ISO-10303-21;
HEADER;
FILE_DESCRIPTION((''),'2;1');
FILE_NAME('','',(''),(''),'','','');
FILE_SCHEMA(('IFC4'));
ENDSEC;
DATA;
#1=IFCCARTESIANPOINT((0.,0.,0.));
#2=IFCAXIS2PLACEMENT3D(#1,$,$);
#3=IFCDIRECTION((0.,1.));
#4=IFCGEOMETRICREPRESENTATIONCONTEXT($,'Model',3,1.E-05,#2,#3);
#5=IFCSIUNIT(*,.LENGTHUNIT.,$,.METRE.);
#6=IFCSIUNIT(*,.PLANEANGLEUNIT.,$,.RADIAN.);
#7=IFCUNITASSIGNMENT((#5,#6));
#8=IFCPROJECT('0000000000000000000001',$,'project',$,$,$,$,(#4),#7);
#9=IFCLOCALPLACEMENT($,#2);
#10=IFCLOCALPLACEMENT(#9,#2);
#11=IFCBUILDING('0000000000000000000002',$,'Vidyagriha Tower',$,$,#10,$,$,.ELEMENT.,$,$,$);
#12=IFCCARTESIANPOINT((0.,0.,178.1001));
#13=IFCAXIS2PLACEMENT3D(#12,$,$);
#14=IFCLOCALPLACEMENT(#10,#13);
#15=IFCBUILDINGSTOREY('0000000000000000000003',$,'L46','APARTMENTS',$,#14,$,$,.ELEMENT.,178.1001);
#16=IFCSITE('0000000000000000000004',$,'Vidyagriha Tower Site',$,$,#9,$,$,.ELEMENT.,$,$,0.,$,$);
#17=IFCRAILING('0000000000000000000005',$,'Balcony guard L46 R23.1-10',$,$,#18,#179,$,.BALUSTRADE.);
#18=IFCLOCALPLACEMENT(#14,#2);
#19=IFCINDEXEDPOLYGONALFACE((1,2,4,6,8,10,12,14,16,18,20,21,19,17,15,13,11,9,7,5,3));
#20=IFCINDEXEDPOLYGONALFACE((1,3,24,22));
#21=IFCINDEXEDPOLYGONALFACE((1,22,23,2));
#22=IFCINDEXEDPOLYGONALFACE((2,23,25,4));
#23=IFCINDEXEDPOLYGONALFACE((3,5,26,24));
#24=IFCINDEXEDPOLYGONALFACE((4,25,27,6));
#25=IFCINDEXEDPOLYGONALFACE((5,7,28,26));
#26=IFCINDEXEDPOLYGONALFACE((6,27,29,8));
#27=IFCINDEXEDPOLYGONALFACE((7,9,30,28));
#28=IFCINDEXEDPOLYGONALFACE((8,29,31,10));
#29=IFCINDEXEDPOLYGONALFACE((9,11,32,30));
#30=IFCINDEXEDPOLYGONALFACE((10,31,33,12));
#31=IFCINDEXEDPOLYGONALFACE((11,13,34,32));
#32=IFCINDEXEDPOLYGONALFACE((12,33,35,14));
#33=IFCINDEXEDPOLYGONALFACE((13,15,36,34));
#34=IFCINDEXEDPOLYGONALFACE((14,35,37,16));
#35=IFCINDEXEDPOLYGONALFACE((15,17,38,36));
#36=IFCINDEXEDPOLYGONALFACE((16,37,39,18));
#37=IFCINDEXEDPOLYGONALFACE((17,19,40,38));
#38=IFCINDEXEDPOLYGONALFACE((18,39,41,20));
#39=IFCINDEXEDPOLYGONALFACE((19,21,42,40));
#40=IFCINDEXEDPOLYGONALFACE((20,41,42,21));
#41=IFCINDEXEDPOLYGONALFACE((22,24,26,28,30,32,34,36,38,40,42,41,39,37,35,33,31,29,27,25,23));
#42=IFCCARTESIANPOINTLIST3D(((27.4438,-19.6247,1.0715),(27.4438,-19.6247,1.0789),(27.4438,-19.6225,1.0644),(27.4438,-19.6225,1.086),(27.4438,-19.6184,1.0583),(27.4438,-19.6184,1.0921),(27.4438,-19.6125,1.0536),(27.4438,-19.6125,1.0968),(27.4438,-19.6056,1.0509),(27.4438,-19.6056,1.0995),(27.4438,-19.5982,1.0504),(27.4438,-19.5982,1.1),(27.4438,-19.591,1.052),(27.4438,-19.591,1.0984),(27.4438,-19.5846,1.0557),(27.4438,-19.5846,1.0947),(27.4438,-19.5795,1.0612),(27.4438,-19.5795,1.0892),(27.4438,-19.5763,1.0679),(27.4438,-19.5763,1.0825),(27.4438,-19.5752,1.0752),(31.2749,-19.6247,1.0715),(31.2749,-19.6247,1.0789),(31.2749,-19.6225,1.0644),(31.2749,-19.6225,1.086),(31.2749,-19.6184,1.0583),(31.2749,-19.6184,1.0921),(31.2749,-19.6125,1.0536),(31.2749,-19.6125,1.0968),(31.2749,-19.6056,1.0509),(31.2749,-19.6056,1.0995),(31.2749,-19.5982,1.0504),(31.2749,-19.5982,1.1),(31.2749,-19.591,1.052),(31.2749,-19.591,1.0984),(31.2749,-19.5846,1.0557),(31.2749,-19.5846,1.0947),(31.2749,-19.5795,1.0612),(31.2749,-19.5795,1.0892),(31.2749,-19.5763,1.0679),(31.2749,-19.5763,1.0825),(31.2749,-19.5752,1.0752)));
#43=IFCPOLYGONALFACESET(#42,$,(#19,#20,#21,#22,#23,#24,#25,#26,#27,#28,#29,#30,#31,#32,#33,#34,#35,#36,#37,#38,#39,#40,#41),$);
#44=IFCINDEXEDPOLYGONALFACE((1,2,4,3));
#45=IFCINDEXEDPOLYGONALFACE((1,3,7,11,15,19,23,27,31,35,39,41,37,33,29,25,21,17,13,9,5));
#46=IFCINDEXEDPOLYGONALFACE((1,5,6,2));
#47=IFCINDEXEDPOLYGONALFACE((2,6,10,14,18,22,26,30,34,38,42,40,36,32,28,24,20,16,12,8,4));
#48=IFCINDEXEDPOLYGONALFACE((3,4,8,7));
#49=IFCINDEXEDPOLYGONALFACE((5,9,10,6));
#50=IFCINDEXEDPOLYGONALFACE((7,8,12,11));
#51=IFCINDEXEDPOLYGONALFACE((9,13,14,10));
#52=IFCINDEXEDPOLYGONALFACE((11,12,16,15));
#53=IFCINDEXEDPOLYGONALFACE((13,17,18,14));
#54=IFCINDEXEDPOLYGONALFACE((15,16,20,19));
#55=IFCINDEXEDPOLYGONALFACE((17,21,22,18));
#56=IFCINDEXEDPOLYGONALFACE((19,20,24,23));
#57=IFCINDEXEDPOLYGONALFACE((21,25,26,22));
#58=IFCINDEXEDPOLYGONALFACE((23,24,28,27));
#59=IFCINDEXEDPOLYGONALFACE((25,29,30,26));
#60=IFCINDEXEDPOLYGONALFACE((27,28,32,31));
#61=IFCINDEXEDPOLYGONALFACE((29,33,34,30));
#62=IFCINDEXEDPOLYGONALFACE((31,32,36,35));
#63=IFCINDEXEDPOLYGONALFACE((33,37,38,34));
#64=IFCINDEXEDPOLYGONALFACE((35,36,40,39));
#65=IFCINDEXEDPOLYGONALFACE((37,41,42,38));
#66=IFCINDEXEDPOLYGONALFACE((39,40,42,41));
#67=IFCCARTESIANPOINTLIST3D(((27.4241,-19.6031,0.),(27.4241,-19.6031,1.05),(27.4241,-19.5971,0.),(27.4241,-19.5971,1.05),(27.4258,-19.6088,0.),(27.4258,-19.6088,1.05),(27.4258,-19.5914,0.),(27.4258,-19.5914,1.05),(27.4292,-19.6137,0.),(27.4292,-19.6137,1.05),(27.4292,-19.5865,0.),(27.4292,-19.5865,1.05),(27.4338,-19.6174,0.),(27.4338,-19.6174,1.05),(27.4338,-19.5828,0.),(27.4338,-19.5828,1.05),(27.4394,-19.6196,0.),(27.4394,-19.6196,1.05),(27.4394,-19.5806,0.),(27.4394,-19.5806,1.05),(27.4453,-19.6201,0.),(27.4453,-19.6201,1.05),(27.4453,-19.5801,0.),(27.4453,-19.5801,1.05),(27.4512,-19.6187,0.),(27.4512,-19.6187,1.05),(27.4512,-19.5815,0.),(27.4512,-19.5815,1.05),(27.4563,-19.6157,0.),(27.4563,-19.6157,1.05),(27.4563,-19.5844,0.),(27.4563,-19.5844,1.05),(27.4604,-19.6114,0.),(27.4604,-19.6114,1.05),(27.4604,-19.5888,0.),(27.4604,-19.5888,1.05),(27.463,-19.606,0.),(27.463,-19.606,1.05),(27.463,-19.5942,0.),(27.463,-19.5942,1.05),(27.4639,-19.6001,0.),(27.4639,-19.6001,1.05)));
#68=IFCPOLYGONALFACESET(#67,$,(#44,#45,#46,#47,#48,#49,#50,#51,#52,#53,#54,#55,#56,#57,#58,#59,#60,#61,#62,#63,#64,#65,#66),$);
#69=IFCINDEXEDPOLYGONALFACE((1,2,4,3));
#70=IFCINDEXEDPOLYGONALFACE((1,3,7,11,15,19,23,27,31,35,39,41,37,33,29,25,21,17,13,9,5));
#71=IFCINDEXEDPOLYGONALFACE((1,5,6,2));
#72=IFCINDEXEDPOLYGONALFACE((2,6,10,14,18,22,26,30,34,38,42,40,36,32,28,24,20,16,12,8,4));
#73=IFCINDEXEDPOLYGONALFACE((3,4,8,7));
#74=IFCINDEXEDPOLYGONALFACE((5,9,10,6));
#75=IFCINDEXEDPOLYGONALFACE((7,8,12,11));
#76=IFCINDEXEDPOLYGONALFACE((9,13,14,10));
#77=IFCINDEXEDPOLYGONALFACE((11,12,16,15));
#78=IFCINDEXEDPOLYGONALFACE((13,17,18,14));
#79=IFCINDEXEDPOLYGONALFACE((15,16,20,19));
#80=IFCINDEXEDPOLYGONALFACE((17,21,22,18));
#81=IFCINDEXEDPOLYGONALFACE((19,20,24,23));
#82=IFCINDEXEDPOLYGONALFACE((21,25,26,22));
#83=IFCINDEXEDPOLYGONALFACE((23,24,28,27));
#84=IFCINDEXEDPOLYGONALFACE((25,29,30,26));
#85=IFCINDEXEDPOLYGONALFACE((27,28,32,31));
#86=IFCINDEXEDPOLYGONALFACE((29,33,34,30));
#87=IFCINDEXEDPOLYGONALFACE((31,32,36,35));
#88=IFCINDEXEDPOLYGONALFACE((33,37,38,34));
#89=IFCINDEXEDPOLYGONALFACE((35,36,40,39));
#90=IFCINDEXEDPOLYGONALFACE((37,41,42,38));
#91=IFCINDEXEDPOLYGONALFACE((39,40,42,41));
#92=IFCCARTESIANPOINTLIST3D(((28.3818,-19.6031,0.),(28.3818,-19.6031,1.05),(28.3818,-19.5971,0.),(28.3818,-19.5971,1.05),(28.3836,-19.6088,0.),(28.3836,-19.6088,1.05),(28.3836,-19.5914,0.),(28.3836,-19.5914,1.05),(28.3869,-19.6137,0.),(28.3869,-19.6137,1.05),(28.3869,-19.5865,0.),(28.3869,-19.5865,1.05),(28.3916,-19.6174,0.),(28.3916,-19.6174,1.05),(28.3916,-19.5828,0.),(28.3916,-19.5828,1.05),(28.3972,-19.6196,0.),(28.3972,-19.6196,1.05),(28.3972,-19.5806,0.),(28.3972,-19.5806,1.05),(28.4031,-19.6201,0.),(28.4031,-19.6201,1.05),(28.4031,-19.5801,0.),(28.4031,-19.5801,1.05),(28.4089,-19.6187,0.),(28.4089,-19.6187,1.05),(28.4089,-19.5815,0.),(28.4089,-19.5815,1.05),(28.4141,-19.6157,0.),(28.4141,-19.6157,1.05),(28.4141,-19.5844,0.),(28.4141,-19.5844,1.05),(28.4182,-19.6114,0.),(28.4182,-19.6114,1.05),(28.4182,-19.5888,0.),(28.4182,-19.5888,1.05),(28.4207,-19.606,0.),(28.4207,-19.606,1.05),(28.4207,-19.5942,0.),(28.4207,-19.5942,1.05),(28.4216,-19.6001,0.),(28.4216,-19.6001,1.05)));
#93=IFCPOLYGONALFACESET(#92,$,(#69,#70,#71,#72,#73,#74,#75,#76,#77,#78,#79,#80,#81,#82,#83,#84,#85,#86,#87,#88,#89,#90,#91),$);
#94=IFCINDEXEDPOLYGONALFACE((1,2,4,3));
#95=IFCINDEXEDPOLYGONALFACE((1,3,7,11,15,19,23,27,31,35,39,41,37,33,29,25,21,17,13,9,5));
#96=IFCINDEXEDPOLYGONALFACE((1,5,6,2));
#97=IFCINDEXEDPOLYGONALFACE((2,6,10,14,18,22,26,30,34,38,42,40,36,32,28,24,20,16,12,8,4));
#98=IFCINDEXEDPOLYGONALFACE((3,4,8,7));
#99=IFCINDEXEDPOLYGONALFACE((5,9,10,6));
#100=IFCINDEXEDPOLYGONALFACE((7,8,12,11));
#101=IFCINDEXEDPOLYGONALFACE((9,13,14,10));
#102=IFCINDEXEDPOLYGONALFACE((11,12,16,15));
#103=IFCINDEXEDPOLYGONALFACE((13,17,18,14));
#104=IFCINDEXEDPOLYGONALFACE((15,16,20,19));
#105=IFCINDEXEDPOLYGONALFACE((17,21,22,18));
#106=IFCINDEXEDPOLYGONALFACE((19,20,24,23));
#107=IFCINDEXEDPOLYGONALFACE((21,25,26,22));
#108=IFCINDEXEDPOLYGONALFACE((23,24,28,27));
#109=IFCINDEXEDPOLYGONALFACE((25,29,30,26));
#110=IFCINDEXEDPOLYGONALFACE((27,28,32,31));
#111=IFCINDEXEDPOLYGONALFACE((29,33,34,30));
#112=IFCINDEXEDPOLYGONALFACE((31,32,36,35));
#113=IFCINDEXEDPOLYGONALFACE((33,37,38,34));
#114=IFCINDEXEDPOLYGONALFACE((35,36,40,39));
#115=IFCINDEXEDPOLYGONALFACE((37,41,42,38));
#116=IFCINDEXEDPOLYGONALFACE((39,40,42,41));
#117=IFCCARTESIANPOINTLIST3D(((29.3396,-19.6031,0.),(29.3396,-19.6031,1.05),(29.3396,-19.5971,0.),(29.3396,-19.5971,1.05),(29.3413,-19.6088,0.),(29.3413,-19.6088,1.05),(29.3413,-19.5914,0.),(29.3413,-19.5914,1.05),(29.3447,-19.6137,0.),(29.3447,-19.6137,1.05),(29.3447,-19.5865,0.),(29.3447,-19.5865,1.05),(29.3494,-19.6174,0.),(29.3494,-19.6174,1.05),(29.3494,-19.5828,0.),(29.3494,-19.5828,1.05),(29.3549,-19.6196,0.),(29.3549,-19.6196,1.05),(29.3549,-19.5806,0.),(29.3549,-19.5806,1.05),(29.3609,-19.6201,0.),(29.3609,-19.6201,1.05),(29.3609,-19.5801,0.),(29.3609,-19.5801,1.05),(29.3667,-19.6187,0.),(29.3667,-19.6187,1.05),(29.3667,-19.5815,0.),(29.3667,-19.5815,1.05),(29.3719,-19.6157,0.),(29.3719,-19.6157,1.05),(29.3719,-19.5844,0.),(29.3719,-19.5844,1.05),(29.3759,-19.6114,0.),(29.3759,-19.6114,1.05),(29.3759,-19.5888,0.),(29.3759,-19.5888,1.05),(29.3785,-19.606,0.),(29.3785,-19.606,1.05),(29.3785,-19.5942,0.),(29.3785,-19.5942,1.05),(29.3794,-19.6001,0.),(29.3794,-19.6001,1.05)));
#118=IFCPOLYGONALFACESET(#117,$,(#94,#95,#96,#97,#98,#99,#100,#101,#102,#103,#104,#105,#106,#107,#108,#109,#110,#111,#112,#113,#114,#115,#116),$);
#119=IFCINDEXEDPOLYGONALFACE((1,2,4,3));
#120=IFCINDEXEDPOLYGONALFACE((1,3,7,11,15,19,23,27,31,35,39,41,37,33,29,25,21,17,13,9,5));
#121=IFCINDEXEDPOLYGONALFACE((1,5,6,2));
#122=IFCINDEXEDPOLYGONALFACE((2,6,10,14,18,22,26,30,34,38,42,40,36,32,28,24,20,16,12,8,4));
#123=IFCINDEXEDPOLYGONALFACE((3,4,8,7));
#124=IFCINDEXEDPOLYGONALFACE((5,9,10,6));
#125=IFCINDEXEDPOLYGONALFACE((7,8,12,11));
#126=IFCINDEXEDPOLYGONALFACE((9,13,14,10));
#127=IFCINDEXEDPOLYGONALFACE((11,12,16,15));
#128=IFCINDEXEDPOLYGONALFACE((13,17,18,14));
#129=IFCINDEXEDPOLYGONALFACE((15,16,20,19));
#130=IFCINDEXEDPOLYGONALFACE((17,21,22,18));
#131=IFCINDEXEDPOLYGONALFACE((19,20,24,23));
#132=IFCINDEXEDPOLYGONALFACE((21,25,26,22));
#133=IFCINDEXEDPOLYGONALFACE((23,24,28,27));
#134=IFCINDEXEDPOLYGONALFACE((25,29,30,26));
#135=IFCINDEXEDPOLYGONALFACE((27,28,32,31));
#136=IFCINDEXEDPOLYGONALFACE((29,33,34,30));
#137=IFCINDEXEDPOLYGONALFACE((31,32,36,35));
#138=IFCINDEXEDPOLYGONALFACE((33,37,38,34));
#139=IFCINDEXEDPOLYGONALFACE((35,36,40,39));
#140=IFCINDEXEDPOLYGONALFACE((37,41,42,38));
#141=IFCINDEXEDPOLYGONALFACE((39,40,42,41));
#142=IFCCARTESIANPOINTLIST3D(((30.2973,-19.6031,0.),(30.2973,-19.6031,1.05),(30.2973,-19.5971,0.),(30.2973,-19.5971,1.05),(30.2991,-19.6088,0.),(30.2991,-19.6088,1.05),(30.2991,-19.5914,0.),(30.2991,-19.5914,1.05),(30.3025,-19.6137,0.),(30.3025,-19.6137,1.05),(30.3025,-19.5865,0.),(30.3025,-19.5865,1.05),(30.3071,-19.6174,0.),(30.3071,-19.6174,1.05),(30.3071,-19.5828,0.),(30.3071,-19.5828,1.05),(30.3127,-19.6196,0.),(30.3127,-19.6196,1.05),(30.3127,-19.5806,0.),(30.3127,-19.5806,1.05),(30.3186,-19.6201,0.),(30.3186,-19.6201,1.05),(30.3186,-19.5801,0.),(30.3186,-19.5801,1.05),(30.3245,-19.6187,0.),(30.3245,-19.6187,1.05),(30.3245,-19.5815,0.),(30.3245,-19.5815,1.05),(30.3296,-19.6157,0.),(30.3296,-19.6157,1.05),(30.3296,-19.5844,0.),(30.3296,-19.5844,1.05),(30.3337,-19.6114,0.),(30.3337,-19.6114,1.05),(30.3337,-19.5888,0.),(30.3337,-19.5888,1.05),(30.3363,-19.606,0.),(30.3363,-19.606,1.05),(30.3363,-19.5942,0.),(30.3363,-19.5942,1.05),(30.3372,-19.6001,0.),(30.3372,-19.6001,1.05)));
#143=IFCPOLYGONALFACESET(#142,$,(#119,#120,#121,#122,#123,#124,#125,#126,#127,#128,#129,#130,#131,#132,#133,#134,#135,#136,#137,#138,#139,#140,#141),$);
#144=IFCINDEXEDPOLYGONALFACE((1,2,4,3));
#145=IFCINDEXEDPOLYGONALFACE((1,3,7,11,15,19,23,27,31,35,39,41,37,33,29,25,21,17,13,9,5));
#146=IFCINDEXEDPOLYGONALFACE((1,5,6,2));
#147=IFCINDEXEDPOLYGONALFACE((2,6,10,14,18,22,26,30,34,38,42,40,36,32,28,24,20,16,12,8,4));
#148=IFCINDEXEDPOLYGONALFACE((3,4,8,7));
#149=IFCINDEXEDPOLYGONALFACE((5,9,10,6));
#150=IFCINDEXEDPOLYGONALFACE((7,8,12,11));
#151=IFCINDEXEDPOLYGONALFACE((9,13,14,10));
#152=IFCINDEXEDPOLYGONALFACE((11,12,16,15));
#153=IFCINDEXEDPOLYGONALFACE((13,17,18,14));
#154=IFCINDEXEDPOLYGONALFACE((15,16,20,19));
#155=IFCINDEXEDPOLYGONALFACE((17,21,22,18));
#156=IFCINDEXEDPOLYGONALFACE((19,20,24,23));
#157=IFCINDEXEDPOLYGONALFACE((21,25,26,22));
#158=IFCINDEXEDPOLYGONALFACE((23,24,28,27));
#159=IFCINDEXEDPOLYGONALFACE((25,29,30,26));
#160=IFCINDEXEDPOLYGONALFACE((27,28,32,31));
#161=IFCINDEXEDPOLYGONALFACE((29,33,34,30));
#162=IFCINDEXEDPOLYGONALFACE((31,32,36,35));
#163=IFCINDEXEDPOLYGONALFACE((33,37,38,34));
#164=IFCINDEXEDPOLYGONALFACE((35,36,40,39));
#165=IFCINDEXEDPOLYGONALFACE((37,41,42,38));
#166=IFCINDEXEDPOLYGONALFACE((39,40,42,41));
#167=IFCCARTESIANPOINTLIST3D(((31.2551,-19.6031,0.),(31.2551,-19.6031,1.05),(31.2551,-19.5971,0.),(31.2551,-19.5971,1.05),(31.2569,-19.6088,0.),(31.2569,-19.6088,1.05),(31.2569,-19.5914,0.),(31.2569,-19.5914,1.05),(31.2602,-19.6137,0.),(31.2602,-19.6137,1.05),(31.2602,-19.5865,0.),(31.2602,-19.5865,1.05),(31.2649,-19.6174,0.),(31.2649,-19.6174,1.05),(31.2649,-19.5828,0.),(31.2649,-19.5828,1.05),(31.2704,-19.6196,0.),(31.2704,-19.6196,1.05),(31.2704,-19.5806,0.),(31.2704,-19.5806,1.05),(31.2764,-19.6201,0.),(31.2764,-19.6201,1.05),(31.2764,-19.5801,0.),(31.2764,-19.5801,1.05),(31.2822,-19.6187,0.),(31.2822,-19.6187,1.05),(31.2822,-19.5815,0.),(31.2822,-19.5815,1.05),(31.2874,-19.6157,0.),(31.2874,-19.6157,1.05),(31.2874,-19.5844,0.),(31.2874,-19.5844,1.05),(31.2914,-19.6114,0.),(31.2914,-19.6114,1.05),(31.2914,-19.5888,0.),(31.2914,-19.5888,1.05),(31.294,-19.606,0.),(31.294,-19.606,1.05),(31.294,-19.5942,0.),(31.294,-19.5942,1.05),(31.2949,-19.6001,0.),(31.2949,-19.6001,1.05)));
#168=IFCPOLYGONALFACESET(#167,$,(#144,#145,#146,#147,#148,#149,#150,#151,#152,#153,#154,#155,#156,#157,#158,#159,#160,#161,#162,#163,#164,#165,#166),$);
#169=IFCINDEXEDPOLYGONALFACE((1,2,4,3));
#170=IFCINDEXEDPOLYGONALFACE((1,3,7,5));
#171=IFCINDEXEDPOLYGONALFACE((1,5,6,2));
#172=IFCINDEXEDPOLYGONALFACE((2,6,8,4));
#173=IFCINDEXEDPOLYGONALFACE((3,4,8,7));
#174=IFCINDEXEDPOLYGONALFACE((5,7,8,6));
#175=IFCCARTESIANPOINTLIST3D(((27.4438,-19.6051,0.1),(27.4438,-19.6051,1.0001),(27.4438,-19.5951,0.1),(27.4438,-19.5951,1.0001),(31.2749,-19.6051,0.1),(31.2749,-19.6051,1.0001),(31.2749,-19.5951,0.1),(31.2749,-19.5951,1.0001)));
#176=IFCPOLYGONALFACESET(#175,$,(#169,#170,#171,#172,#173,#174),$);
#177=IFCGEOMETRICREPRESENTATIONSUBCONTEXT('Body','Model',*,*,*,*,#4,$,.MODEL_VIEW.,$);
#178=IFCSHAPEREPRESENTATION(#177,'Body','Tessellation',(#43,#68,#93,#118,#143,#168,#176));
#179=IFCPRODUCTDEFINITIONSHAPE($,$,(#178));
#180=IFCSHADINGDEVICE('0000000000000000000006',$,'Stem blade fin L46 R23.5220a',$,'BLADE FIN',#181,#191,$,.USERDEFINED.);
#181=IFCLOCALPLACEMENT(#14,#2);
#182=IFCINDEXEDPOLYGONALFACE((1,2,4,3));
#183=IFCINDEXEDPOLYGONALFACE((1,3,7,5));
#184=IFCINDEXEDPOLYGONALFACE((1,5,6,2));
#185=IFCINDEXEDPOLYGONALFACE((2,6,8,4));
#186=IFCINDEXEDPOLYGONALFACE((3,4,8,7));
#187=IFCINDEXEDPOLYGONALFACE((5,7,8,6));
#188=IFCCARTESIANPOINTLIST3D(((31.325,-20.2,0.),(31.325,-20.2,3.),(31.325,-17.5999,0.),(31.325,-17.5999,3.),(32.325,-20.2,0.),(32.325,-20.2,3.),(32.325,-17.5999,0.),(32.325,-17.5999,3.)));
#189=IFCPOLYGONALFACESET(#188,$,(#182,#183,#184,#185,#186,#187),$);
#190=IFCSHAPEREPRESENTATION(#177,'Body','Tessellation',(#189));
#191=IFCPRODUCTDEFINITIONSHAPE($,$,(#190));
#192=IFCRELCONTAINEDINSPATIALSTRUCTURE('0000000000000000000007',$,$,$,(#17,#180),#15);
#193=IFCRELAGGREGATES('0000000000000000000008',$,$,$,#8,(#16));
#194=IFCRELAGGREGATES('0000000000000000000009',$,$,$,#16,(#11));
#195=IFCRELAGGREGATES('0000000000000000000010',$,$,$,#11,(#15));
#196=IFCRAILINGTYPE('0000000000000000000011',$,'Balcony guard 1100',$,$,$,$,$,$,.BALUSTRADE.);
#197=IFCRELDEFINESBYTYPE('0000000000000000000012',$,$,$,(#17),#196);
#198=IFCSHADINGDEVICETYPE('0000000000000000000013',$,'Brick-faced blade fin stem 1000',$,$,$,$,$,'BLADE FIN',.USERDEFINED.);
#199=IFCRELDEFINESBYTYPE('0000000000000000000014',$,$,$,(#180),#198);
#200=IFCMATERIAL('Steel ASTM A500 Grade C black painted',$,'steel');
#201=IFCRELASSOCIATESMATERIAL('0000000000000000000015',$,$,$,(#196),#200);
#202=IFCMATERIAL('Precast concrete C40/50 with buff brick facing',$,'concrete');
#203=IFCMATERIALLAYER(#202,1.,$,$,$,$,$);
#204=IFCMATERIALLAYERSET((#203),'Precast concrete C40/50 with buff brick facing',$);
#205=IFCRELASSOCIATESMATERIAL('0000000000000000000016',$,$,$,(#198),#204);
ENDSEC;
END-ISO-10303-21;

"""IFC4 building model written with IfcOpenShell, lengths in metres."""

from ifc_helpers import new_model, si_unit, direction, frame, origin, origin_2d, place, context, subcontext, project, spatial, polyline, rectangle, circle, outline, extrude, material, layer, layer_set, type_object, element, save


model = new_model("IFC4")

# Units and contexts
model_context = context("Model", 3, precision=1e-05, world=origin(), true_north=direction((0.0, 1.0)))
body_context = subcontext(model_context, "Body", "Model", "MODEL_VIEW")
ifc_project = project(units=[si_unit("LENGTHUNIT", "METRE"), si_unit("PLANEANGLEUNIT", "RADIAN")], contexts=[model_context])

# Site, building, storey
site_placement = place(None, origin())
site = spatial("IfcSite", under=ifc_project, at=site_placement, Name="Vidyagriha Tower Site", CompositionType="ELEMENT", RefElevation=0.0)
building_placement = place(site_placement, origin())
building = spatial("IfcBuilding", under=site, at=building_placement, Name="Vidyagriha Tower", CompositionType="ELEMENT")
storey_placement = place(building_placement, frame((0.0, 0.0, 178.1001)))
storey = spatial("IfcBuildingStorey", under=building, at=storey_placement, Name="L46", Description="APARTMENTS", CompositionType="ELEMENT", Elevation=178.1001)

# Railing
ifc_material_1 = material(Name="Steel ASTM A500 Grade C black painted", Category="steel")
railing_type_1 = type_object("IfcRailingType", Name="Balcony guard 1100", PredefinedType="BALUSTRADE", material=ifc_material_1)
railing_1_placement = place(storey_placement, frame((27.4438, -19.6001, 0.0)))
element("IfcRailing", 1, at=railing_1_placement, inside=storey, type_object=railing_type_1, Name="Balcony guard L46 R23.1-10", PredefinedType="BALUSTRADE", context=body_context, shape_type="SweptSolid", body=[
    extrude(circle(Radius=0.0249, at=origin_2d()), frame((0.0, 0.0, 1.0752), z_axis=(1.0, 0.0, 0.0), x_axis=(0.0, 1.0, 0.0)), (0.0, 0.0, 1.0), 3.8311),
    extrude(circle(Radius=0.02, at=origin_2d()), origin(), (0.0, 0.0, 1.0), 1.05),
    extrude(circle(Radius=0.02, at=origin_2d()), frame((0.9578, 0.0, 0.0)), (0.0, 0.0, 1.0), 1.05),
    extrude(circle(Radius=0.02, at=origin_2d()), frame((1.9155, 0.0, 0.0)), (0.0, 0.0, 1.0), 1.05),
    extrude(circle(Radius=0.02, at=origin_2d()), frame((2.8733, 0.0, 0.0)), (0.0, 0.0, 1.0), 1.05),
    extrude(circle(Radius=0.02, at=origin_2d()), frame((3.8311, 0.0, 0.0)), (0.0, 0.0, 1.0), 1.05),
    extrude(rectangle(XDim=0.01, YDim=0.9001, at=origin_2d()), frame((0.0, 0.0, 0.55), z_axis=(1.0, 0.0, 0.0), x_axis=(0.0, 1.0, 0.0)), (0.0, 0.0, 1.0), 3.8311),
])

# Shading device
ifc_material_2 = material(Name="Precast concrete C40/50 with buff brick facing", Category="concrete")
ifc_layer_1 = layer(ifc_material_2, 1.0)
ifc_layer_set_1 = layer_set([ifc_layer_1], Name="Precast concrete C40/50 with buff brick facing")
shading_device_type = type_object("IfcShadingDeviceType", Name="Brick-faced blade fin stem 1000", ElementType="BLADE FIN", PredefinedType="USERDEFINED", material=ifc_layer_set_1)
shading_device_placement = place(storey_placement, frame((31.325, -18.8999, 0.0)))
element("IfcShadingDevice", 2, at=shading_device_placement, inside=storey, type_object=shading_device_type, Name="Stem blade fin L46 R23.5220a", ObjectType="BLADE FIN", PredefinedType="USERDEFINED", context=body_context, shape_type="SweptSolid", body=[
    extrude(outline(polyline([(0.0, 0.0), (1.0, 0.0), (1.0, 3.0), (0.0, 3.0), (0.0, 0.0)])), frame((0.0, 1.3, 0.0), z_axis=(0.0, -1.0, 0.0), x_axis=(1.0, 0.0, 0.0)), (0.0, 0.0, 1.0), 2.6001),
])

save(model, "model.ifc")
